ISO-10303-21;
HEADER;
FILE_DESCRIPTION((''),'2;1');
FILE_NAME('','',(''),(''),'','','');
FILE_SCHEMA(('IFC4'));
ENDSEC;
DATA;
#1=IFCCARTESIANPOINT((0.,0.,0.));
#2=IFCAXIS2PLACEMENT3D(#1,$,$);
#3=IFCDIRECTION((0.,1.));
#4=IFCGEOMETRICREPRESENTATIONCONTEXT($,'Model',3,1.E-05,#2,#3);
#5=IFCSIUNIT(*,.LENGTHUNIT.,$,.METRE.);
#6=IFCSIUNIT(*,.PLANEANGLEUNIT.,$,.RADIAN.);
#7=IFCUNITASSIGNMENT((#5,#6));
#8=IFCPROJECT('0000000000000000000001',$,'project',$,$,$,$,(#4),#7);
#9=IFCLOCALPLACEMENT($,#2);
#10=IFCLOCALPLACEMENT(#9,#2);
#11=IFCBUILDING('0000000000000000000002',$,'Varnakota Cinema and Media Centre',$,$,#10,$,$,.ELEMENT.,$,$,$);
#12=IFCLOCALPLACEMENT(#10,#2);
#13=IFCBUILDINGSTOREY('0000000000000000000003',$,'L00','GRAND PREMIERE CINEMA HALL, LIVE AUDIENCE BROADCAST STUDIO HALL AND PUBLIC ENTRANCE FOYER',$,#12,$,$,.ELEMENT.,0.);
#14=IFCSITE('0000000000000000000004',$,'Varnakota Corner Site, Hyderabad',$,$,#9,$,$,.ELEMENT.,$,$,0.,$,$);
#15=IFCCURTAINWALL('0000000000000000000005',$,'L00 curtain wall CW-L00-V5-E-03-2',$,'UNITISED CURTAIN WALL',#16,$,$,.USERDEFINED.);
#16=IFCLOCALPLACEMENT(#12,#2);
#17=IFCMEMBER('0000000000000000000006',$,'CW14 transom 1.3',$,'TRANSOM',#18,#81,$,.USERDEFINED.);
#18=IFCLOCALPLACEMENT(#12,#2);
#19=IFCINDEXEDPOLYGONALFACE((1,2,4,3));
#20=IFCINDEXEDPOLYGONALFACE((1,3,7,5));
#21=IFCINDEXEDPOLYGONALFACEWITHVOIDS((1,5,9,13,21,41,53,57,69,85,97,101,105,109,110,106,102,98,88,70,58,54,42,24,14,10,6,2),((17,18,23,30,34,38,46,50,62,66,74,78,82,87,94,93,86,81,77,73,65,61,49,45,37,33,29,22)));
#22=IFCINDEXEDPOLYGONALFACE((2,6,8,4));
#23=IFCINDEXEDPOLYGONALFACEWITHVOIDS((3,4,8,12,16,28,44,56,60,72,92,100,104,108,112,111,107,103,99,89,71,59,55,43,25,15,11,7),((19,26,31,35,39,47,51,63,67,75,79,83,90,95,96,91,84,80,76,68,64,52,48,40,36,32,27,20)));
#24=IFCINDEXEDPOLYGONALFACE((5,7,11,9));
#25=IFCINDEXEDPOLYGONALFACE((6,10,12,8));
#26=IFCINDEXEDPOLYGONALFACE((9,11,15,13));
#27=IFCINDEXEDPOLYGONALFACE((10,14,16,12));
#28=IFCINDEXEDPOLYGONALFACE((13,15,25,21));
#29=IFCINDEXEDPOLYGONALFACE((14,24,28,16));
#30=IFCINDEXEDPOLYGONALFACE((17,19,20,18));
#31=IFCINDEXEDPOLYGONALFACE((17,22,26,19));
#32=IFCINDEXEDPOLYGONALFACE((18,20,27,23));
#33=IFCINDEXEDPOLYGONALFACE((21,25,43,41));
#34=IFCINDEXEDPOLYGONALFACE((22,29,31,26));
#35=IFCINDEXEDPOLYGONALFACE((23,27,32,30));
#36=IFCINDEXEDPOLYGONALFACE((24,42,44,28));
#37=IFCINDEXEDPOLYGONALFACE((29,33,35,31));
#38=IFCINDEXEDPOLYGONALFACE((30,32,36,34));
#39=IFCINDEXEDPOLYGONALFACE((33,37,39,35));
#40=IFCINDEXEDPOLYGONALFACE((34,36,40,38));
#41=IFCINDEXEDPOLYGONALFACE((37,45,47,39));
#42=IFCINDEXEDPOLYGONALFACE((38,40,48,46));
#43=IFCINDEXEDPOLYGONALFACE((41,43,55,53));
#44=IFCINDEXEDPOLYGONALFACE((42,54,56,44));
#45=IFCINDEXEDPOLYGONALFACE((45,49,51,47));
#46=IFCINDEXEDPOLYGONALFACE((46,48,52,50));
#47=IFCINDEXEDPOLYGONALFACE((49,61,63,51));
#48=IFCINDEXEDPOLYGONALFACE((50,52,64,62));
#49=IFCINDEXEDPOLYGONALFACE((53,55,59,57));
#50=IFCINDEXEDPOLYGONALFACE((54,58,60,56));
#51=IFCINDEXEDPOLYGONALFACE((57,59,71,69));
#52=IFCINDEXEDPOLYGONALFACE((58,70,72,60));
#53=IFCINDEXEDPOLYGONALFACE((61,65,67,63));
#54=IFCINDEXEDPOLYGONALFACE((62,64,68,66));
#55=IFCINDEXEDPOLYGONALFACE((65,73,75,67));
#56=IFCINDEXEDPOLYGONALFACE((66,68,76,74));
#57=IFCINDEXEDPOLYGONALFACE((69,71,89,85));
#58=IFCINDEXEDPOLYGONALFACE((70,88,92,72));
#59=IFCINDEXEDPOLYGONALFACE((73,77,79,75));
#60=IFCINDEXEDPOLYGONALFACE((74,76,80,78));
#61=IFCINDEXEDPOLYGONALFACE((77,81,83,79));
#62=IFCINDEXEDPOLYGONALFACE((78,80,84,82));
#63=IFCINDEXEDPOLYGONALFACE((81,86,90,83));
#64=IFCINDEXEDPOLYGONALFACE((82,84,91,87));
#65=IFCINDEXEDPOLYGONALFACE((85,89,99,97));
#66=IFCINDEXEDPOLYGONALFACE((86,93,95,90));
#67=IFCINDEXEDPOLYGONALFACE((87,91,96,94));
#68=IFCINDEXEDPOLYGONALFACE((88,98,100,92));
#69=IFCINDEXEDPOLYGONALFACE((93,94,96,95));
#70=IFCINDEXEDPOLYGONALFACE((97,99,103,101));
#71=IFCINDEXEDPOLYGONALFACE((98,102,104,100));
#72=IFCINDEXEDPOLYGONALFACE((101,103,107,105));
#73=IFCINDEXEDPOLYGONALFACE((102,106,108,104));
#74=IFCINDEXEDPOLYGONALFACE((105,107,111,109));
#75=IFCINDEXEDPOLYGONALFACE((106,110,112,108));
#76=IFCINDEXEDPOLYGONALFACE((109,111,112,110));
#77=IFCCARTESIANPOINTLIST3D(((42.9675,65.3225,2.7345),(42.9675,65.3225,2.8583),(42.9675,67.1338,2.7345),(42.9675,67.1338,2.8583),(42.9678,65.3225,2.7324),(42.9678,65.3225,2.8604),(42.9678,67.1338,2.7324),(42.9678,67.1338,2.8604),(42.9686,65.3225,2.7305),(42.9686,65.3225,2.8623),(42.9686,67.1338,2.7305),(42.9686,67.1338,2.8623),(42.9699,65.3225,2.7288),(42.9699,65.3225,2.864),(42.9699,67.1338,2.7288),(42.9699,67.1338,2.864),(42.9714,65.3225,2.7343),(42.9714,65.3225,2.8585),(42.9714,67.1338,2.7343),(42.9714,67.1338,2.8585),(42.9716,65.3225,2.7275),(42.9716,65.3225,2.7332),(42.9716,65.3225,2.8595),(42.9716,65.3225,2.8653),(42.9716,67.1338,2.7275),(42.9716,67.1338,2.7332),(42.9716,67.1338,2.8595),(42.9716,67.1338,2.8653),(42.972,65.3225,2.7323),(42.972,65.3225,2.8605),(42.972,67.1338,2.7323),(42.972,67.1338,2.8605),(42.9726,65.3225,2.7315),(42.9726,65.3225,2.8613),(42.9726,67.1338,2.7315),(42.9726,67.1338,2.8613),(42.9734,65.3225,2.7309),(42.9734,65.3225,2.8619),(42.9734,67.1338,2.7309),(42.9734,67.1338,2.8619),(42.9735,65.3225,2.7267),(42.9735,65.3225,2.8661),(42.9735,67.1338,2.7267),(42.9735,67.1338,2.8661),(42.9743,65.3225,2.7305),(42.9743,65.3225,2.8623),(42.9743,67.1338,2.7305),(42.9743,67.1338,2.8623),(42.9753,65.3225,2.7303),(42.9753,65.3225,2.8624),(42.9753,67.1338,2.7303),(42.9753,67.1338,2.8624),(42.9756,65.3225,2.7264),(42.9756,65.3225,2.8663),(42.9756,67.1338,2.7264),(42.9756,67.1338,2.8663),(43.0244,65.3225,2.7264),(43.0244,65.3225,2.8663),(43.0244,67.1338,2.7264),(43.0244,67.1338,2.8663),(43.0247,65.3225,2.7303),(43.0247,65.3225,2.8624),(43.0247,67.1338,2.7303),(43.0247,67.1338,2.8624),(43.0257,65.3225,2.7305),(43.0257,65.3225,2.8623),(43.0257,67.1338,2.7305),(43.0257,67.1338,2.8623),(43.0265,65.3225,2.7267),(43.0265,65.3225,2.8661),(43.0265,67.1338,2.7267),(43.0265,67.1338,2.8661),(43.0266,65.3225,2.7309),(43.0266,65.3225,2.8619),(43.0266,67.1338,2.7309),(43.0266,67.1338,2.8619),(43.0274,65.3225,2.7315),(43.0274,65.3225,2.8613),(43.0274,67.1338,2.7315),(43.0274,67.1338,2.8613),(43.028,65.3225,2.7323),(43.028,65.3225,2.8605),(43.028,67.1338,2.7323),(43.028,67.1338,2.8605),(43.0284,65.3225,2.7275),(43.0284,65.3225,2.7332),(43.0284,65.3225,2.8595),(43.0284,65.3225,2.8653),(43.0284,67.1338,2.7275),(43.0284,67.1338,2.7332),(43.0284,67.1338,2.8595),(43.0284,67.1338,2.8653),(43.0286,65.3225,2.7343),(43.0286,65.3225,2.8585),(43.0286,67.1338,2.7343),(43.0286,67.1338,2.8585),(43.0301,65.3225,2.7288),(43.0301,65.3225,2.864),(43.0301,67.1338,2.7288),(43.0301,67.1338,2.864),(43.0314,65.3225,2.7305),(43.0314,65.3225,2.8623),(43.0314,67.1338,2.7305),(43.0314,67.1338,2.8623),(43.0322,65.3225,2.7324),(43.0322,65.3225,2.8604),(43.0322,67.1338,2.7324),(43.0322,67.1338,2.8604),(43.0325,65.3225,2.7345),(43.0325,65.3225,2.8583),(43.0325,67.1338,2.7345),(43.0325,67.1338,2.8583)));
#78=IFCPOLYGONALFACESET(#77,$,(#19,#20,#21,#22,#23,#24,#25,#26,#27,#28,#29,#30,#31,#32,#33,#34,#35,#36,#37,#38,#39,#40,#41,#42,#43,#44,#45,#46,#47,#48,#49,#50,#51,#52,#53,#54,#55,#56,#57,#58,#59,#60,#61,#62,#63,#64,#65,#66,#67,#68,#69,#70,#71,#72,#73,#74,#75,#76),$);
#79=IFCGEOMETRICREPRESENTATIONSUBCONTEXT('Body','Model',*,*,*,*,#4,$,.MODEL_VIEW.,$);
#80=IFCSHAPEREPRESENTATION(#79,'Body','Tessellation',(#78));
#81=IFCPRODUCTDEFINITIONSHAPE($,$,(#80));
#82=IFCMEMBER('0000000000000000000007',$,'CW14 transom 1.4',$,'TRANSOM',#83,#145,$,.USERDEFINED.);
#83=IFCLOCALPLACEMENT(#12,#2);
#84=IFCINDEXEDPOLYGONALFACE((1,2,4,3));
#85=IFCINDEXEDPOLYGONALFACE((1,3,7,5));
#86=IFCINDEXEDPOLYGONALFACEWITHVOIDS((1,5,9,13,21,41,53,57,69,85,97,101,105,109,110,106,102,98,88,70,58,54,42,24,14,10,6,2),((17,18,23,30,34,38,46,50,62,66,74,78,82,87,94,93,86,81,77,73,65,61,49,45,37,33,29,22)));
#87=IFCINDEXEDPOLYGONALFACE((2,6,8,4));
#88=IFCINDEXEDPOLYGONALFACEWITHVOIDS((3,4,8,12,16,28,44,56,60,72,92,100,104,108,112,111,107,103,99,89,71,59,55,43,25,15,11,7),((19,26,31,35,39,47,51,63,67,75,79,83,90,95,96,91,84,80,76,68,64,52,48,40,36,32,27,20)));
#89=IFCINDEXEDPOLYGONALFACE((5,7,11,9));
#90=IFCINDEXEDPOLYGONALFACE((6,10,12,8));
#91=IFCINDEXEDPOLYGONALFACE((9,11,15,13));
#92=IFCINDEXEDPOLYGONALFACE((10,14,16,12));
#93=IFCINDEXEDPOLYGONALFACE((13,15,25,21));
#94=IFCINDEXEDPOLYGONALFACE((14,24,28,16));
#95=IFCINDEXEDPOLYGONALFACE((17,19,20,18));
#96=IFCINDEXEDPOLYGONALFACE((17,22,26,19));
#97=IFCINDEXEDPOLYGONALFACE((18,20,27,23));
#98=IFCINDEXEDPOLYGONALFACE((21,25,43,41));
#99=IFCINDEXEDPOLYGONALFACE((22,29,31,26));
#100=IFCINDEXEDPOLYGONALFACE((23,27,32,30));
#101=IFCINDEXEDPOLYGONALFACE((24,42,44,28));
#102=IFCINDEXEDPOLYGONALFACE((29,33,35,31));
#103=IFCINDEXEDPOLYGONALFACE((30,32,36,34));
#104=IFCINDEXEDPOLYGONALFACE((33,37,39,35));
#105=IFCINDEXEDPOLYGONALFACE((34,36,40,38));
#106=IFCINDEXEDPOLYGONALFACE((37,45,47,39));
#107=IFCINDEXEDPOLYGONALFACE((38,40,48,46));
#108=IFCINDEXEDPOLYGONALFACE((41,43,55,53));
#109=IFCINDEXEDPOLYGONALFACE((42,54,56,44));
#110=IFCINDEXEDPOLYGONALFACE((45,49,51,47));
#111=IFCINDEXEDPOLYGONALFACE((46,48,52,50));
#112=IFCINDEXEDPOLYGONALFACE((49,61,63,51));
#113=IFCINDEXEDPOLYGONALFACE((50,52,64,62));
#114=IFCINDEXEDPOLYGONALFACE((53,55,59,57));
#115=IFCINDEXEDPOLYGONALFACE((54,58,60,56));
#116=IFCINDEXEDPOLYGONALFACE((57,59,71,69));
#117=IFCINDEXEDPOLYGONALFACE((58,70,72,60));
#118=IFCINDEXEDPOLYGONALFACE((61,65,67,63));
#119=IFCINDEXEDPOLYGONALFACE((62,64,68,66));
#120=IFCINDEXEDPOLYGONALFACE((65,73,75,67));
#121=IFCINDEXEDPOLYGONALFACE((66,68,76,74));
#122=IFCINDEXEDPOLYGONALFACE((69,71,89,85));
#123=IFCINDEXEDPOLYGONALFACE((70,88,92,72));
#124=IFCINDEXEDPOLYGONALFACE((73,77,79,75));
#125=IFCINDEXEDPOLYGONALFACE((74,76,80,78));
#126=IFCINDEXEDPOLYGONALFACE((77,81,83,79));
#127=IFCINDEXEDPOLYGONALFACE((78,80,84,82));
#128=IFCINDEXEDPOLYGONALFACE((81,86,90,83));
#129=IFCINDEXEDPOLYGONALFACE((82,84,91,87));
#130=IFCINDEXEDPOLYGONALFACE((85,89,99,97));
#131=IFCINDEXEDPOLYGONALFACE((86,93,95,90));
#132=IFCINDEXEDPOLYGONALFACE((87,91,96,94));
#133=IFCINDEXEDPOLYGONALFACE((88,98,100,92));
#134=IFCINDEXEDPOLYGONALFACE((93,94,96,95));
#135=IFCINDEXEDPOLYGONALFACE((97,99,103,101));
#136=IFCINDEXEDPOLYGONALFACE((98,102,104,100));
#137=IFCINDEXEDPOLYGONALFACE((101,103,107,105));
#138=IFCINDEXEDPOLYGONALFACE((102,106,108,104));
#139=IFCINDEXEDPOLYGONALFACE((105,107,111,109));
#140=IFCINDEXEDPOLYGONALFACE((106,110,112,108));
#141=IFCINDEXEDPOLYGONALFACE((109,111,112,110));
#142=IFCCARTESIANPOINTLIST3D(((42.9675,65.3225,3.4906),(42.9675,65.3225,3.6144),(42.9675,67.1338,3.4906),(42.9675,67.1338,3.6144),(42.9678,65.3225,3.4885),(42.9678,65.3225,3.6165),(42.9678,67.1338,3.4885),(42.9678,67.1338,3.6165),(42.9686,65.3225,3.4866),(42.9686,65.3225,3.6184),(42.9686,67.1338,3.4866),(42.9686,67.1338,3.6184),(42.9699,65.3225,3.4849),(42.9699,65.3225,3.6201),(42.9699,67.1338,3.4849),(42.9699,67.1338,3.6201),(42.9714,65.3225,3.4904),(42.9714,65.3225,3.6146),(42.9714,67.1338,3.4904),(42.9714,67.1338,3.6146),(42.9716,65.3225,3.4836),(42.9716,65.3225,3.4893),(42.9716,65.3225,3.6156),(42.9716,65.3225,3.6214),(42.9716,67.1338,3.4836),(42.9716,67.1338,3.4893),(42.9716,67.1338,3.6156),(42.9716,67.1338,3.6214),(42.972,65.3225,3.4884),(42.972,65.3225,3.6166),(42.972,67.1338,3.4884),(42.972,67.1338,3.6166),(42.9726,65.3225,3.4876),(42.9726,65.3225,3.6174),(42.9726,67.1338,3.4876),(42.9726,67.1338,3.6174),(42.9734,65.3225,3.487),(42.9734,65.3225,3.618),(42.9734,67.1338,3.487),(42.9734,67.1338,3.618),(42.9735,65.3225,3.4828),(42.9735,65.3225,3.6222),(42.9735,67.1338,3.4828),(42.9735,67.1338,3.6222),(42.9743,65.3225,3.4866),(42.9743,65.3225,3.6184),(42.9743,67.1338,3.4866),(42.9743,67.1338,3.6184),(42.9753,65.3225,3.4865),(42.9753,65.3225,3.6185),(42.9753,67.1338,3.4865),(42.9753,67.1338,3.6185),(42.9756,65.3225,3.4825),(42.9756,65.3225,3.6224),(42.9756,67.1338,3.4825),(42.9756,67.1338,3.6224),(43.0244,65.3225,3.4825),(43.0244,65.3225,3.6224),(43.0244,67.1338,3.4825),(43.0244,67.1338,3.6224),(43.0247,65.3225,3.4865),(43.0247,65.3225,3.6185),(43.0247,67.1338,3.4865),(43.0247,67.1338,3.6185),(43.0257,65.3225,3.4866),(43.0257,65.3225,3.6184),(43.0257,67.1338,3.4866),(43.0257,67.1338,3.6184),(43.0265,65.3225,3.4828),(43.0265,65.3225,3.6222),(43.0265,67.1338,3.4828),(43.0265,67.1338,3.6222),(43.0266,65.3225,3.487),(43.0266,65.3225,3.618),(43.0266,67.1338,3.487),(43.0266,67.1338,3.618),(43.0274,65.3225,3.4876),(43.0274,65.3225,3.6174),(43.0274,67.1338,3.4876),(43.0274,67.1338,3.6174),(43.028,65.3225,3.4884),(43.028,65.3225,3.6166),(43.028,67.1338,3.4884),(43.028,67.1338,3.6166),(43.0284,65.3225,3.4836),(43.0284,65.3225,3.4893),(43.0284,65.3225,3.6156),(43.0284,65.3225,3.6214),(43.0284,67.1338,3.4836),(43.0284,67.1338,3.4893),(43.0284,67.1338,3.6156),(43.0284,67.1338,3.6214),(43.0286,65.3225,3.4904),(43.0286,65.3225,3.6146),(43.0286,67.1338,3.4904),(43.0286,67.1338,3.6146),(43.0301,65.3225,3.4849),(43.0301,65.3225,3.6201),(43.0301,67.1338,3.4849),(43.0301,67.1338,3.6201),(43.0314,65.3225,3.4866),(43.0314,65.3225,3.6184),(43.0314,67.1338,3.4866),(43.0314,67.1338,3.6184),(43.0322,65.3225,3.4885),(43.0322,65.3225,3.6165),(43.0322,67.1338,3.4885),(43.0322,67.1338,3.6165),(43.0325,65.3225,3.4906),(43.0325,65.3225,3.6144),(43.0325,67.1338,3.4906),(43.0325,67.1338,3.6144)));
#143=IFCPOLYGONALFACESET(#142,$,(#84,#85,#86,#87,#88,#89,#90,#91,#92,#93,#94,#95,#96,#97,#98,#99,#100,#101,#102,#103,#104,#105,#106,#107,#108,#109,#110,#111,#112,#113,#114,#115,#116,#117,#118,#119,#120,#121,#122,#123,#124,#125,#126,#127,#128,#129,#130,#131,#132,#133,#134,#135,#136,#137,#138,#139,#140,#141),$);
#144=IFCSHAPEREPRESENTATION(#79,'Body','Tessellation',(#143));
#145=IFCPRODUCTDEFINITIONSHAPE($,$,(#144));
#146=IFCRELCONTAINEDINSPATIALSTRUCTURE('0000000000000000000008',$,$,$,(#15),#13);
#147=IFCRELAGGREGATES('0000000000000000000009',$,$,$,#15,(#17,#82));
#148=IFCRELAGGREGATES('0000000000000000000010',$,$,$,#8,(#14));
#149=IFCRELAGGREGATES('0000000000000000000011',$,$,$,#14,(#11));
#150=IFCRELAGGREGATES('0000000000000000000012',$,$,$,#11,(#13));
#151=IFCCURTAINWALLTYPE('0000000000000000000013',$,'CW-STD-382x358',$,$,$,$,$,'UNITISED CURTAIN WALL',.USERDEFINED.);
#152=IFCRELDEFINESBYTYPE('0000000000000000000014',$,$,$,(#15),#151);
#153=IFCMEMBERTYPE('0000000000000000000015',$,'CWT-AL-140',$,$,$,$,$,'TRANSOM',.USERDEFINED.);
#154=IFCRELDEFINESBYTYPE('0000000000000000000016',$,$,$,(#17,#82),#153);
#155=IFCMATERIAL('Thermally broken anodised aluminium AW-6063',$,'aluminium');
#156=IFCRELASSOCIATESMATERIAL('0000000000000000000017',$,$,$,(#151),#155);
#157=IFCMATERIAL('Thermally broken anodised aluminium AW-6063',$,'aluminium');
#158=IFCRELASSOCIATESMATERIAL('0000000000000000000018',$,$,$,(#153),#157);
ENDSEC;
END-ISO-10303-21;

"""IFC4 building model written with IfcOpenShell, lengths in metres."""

from ifc_helpers import new_model, si_unit, direction, frame, origin, origin_2d, place, context, subcontext, project, spatial, hollow_rectangle, extrude, material, material_profile, profile_set, type_object, element, aggregate, save


model = new_model("IFC4")

# Units and contexts
model_context = context("Model", 3, precision=1e-05, world=origin(), true_north=direction((0.0, 1.0)))
body_context = subcontext(model_context, "Body", "Model", "MODEL_VIEW")
ifc_project = project(units=[si_unit("LENGTHUNIT", "METRE"), si_unit("PLANEANGLEUNIT", "RADIAN")], contexts=[model_context])

# Site, building, storey
site_placement = place(None, origin())
site = spatial("IfcSite", under=ifc_project, at=site_placement, Name="Varnakota Corner Site, Hyderabad", CompositionType="ELEMENT", RefElevation=0.0)
building_placement = place(site_placement, origin())
building = spatial("IfcBuilding", under=site, at=building_placement, Name="Varnakota Cinema and Media Centre", CompositionType="ELEMENT")
storey_placement = place(building_placement, origin())
storey = spatial("IfcBuildingStorey", under=building, at=storey_placement, Name="L00", Description="GRAND PREMIERE CINEMA HALL, LIVE AUDIENCE BROADCAST STUDIO HALL AND PUBLIC ENTRANCE FOYER", CompositionType="ELEMENT", Elevation=0.0)

# Shared definitions
ifc_material_1 = material(Name="Thermally broken anodised aluminium AW-6063", Category="aluminium")
curtain_wall_type = type_object("IfcCurtainWallType", Name="CW-STD-382x358", ElementType="UNITISED CURTAIN WALL", PredefinedType="USERDEFINED", material=ifc_material_1)

# Curtain wall
curtain_wall_1_placement = place(storey_placement, origin())
curtain_wall_1 = element("IfcCurtainWall", 1, at=curtain_wall_1_placement, inside=storey, type_object=curtain_wall_type, Name="L00 curtain wall CW-L00-V5-E-03-2", ObjectType="UNITISED CURTAIN WALL", PredefinedType="USERDEFINED")

# Members
ifc_material_2 = material(Name="Thermally broken anodised aluminium AW-6063", Category="aluminium")
ifc_material_profile_1 = material_profile(ifc_material_2, hollow_rectangle(XDim=0.0649, YDim=0.1399, WallThickness=0.0039, InnerFilletRadius=0.0039, OuterFilletRadius=0.0081, at=origin_2d()), Name="AL-TRANSOM 140x65x4")
ifc_profile_set_1 = profile_set([ifc_material_profile_1], Name="Thermally broken anodised aluminium AW-6063")
member_type_1 = type_object("IfcMemberType", Name="CWT-AL-140", ElementType="TRANSOM", PredefinedType="USERDEFINED", material=ifc_profile_set_1)
member_1_placement = place(storey_placement, frame((43.0, 65.3225, 2.7964), z_axis=(0.0, 1.0, 0.0), x_axis=(-1.0, 0.0, 0.0)))
member_1 = element("IfcMember", 2, at=member_1_placement, type_object=member_type_1, Name="CW14 transom 1.3", ObjectType="TRANSOM", PredefinedType="USERDEFINED", context=body_context, shape_type="SweptSolid", body=[
    extrude(hollow_rectangle(XDim=0.0649, YDim=0.1399, WallThickness=0.0039, InnerFilletRadius=0.0039, OuterFilletRadius=0.0081, at=origin_2d()), origin(), (0.0, 0.0, 1.0), 1.8113),
])
member_2_placement = place(storey_placement, frame((43.0, 65.3225, 3.5525), z_axis=(0.0, 1.0, 0.0), x_axis=(-1.0, 0.0, 0.0)))
member_2 = element("IfcMember", 3, at=member_2_placement, type_object=member_type_1, Name="CW14 transom 1.4", ObjectType="TRANSOM", PredefinedType="USERDEFINED", context=body_context, shape_type="SweptSolid", body=[
    extrude(hollow_rectangle(XDim=0.0649, YDim=0.1399, WallThickness=0.0039, InnerFilletRadius=0.0039, OuterFilletRadius=0.0081, at=origin_2d()), origin(), (0.0, 0.0, 1.0), 1.8113),
])

aggregate(curtain_wall_1, [member_1, member_2])

save(model, "model.ifc")
